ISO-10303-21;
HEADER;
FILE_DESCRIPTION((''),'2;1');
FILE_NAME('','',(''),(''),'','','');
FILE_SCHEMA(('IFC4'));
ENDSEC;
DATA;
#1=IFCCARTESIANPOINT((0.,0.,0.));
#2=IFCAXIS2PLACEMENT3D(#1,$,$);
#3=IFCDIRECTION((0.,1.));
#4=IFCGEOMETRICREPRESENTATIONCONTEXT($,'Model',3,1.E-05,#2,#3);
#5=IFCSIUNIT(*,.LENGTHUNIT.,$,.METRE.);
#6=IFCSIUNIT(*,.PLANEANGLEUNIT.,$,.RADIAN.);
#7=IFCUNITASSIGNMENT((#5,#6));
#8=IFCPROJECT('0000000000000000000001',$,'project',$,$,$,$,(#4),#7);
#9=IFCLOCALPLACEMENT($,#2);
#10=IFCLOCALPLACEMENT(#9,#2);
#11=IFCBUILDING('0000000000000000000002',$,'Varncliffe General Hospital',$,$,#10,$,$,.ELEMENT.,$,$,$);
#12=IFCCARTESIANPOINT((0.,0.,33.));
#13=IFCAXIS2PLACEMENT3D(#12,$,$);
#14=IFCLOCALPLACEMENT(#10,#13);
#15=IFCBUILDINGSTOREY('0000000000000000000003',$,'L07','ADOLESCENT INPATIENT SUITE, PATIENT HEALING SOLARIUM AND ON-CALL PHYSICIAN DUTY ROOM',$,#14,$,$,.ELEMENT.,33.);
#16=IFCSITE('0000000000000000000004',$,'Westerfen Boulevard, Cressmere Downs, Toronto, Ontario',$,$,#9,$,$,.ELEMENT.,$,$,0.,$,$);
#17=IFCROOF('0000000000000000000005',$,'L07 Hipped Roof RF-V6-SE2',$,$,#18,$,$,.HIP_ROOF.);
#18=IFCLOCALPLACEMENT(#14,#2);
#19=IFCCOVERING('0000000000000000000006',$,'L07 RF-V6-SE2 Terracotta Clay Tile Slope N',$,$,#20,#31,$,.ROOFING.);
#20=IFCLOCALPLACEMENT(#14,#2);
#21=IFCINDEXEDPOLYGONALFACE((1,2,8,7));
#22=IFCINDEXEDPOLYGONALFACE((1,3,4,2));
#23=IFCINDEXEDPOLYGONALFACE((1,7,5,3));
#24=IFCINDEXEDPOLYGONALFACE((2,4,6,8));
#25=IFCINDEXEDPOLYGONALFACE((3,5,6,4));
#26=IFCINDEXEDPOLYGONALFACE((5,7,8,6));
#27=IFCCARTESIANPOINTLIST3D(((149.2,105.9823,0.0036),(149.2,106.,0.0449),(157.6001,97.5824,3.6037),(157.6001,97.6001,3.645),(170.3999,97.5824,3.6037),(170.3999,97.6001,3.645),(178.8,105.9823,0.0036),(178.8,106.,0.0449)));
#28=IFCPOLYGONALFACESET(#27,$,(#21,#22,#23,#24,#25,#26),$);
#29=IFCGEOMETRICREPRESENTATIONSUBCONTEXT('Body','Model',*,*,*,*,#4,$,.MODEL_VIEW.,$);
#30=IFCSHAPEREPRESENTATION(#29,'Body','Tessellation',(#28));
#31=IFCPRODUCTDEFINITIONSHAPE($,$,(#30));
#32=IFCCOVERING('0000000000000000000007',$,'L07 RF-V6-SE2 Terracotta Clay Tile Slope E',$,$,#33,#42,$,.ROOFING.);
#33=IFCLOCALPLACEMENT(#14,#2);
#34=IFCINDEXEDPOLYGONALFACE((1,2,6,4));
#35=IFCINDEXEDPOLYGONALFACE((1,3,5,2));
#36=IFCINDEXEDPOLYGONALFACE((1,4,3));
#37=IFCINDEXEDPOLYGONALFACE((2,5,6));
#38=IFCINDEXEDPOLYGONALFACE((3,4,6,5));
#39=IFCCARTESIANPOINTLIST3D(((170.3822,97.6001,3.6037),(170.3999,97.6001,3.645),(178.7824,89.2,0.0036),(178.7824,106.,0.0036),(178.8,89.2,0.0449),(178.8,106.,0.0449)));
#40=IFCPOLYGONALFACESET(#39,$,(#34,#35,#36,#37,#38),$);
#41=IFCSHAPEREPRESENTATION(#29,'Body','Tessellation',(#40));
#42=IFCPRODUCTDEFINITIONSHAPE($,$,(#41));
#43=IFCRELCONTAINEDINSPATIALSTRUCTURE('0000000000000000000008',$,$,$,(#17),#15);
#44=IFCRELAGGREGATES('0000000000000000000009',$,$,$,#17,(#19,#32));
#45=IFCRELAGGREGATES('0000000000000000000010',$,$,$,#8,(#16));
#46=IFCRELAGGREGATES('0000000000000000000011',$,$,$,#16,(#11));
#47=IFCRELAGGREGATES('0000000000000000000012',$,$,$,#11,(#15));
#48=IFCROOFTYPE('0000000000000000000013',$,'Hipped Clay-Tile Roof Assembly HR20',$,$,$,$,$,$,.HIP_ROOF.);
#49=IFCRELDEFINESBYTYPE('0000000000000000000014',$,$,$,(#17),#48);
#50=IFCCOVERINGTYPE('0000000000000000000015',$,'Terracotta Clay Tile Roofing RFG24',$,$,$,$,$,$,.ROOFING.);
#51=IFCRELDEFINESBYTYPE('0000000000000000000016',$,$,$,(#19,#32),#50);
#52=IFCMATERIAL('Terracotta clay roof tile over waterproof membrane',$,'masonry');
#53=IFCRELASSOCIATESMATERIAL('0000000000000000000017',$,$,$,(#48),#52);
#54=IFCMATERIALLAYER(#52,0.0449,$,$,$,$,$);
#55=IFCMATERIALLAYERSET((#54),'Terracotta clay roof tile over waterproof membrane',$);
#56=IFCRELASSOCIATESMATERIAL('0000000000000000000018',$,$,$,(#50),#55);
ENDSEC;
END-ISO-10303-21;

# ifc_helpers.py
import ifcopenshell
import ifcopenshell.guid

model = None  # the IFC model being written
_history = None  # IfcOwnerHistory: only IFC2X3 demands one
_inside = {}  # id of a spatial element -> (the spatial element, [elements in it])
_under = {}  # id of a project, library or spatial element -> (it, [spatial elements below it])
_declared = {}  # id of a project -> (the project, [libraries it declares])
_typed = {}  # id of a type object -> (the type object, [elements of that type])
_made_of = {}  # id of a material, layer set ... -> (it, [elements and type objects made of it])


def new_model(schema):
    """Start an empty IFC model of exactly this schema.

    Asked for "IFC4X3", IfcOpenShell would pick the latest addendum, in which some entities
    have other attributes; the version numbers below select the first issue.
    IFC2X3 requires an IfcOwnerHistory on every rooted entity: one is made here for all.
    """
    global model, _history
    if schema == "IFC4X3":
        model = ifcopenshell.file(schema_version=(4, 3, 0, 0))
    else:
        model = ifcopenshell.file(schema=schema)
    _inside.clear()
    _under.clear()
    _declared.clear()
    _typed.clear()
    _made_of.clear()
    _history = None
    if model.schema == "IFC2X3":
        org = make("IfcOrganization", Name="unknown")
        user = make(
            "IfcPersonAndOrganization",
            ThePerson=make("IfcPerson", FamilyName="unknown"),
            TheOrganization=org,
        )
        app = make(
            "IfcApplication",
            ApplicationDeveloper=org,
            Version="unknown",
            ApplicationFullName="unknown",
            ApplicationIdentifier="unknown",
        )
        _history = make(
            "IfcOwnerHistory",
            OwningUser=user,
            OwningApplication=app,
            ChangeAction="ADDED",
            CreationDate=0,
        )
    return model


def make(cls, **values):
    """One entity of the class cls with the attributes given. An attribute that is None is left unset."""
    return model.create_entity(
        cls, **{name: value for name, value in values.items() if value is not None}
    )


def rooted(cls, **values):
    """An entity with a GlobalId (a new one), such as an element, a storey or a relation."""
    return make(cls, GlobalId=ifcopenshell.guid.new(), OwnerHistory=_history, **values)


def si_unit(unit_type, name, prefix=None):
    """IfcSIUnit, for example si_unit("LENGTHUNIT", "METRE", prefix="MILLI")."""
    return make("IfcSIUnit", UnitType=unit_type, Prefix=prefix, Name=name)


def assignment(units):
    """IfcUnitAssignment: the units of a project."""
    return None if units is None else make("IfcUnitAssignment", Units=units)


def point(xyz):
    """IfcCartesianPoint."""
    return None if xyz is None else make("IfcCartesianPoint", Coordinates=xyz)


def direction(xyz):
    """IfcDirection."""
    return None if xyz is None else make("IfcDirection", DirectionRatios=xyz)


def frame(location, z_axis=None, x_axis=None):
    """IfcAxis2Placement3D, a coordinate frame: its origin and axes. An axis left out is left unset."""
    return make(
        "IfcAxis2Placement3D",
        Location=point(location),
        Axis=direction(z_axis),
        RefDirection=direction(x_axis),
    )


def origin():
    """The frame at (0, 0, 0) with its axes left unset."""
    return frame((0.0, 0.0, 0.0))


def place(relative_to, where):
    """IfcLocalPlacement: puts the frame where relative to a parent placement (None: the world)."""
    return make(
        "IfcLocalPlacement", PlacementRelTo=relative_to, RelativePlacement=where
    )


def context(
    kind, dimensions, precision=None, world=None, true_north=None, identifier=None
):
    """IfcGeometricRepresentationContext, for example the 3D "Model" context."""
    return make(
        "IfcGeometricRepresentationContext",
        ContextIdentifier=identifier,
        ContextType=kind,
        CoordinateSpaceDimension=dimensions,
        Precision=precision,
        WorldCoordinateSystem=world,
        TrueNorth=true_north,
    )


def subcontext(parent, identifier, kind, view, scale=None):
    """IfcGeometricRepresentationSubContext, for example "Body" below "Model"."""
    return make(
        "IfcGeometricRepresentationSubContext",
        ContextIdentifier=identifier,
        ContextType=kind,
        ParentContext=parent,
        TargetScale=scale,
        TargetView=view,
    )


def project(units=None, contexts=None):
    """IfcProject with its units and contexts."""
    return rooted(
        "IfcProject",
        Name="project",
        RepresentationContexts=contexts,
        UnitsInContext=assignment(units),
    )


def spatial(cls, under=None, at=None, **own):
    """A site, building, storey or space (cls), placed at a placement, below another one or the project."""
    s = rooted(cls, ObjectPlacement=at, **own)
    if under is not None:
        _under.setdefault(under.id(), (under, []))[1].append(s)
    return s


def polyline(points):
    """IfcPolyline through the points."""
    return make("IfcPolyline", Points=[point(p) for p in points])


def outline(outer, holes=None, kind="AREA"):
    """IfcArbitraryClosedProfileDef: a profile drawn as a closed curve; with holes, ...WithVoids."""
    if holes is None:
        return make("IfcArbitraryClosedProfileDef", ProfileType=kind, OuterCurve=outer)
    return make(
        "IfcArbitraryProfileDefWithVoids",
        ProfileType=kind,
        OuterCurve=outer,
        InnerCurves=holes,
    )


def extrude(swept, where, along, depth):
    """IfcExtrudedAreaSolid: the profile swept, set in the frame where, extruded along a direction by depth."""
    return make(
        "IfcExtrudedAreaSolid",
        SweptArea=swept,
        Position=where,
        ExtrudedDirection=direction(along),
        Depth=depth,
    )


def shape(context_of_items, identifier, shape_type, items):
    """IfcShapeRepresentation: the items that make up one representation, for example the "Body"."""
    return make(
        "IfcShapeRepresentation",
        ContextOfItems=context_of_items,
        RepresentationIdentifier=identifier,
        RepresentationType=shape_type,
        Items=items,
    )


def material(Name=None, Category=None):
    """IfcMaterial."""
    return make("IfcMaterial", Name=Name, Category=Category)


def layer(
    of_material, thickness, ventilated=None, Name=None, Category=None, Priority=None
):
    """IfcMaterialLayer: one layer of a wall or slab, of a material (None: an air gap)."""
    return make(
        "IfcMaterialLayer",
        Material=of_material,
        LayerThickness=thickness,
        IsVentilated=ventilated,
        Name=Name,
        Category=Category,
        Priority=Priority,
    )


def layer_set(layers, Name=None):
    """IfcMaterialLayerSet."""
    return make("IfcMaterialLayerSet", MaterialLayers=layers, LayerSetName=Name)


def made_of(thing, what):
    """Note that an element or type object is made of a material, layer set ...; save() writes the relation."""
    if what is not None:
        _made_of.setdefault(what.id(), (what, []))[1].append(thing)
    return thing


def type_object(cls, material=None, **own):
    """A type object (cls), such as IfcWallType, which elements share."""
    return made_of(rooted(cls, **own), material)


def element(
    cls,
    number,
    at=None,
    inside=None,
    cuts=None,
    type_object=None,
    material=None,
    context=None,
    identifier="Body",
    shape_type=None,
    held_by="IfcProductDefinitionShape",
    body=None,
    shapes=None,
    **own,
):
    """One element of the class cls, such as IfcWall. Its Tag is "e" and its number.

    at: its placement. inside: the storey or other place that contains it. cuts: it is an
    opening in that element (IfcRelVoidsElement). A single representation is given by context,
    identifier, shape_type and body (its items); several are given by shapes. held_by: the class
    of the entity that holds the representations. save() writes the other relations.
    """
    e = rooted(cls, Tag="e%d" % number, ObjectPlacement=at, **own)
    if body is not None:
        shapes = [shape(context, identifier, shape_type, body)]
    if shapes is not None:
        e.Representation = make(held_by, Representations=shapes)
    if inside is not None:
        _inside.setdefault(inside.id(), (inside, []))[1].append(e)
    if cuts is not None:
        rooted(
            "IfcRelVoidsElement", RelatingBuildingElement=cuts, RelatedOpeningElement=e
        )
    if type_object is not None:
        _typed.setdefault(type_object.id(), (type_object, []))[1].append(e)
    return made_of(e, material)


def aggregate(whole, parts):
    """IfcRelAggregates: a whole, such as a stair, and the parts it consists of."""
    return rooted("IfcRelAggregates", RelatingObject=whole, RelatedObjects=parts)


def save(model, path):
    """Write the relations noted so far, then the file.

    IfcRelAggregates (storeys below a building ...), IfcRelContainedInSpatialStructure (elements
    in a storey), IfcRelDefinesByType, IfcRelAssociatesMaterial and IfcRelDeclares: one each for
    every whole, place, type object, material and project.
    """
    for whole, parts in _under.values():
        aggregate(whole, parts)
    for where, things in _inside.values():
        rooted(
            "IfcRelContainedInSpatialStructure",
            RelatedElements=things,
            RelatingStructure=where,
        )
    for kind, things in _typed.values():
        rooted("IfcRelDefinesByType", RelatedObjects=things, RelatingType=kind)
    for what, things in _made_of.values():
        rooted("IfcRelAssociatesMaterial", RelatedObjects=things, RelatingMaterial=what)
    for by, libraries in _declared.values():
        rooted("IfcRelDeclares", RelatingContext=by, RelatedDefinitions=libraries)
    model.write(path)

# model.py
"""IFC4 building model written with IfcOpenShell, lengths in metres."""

from ifc_helpers import new_model, si_unit, direction, frame, origin, place, context, subcontext, project, spatial, polyline, outline, extrude, material, layer, layer_set, type_object, element, aggregate, save


model = new_model("IFC4")

# Units and contexts
model_context = context("Model", 3, precision=1e-05, world=origin(), true_north=direction((0.0, 1.0)))
body_context = subcontext(model_context, "Body", "Model", "MODEL_VIEW")
ifc_project = project(units=[si_unit("LENGTHUNIT", "METRE"), si_unit("PLANEANGLEUNIT", "RADIAN")], contexts=[model_context])

# Site, building, storey
site_placement = place(None, origin())
site = spatial("IfcSite", under=ifc_project, at=site_placement, Name="Westerfen Boulevard, Cressmere Downs, Toronto, Ontario", CompositionType="ELEMENT", RefElevation=0.0)
building_placement = place(site_placement, origin())
building = spatial("IfcBuilding", under=site, at=building_placement, Name="Varncliffe General Hospital", CompositionType="ELEMENT")
storey_placement = place(building_placement, frame((0.0, 0.0, 33.0)))
storey = spatial("IfcBuildingStorey", under=building, at=storey_placement, Name="L07", Description="ADOLESCENT INPATIENT SUITE, PATIENT HEALING SOLARIUM AND ON-CALL PHYSICIAN DUTY ROOM", CompositionType="ELEMENT", Elevation=33.0)

# Roof, coverings
ifc_material_1 = material(Name="Terracotta clay roof tile over waterproof membrane", Category="masonry")
roof_type = type_object("IfcRoofType", Name="Hipped Clay-Tile Roof Assembly HR20", PredefinedType="HIP_ROOF", material=ifc_material_1)
roof_placement = place(storey_placement, origin())
roof = element("IfcRoof", 1, at=roof_placement, inside=storey, type_object=roof_type, Name="L07 Hipped Roof RF-V6-SE2", PredefinedType="HIP_ROOF")
ifc_layer_1 = layer(ifc_material_1, 0.0449)
ifc_layer_set_1 = layer_set([ifc_layer_1], Name="Terracotta clay roof tile over waterproof membrane")
covering_type = type_object("IfcCoveringType", Name="Terracotta Clay Tile Roofing RFG24", PredefinedType="ROOFING", material=ifc_layer_set_1)
covering_1_placement = place(storey_placement, frame((178.8, 106.0, 0.0449), z_axis=(0.0, 0.393932, 0.91914), x_axis=(-1.0, 0.0, 0.0)))
covering_1 = element("IfcCovering", 2, at=covering_1_placement, type_object=covering_type, Name="L07 RF-V6-SE2 Terracotta Clay Tile Slope N", PredefinedType="ROOFING", context=body_context, shape_type="SweptSolid", body=[
    extrude(outline(polyline([(0.0, 0.0), (29.6001, 0.0), (21.2, 9.1389), (8.4001, 9.1389), (0.0, 0.0)])), origin(), (0.0, 0.0, -1.0), 0.0449),
])
covering_2_placement = place(storey_placement, frame((178.8, 89.2, 0.0449), z_axis=(0.393923, 0.0, 0.919144), x_axis=(0.0, 1.0, 0.0)))
covering_2 = element("IfcCovering", 3, at=covering_2_placement, type_object=covering_type, Name="L07 RF-V6-SE2 Terracotta Clay Tile Slope E", PredefinedType="ROOFING", context=body_context, shape_type="SweptSolid", body=[
    extrude(outline(polyline([(0.0, 0.0), (16.8, 0.0), (8.4001, 9.1391), (0.0, 0.0)])), origin(), (0.0, 0.0, -1.0), 0.0449),
])
aggregate(roof, [covering_1, covering_2])

save(model, "model.ifc")
